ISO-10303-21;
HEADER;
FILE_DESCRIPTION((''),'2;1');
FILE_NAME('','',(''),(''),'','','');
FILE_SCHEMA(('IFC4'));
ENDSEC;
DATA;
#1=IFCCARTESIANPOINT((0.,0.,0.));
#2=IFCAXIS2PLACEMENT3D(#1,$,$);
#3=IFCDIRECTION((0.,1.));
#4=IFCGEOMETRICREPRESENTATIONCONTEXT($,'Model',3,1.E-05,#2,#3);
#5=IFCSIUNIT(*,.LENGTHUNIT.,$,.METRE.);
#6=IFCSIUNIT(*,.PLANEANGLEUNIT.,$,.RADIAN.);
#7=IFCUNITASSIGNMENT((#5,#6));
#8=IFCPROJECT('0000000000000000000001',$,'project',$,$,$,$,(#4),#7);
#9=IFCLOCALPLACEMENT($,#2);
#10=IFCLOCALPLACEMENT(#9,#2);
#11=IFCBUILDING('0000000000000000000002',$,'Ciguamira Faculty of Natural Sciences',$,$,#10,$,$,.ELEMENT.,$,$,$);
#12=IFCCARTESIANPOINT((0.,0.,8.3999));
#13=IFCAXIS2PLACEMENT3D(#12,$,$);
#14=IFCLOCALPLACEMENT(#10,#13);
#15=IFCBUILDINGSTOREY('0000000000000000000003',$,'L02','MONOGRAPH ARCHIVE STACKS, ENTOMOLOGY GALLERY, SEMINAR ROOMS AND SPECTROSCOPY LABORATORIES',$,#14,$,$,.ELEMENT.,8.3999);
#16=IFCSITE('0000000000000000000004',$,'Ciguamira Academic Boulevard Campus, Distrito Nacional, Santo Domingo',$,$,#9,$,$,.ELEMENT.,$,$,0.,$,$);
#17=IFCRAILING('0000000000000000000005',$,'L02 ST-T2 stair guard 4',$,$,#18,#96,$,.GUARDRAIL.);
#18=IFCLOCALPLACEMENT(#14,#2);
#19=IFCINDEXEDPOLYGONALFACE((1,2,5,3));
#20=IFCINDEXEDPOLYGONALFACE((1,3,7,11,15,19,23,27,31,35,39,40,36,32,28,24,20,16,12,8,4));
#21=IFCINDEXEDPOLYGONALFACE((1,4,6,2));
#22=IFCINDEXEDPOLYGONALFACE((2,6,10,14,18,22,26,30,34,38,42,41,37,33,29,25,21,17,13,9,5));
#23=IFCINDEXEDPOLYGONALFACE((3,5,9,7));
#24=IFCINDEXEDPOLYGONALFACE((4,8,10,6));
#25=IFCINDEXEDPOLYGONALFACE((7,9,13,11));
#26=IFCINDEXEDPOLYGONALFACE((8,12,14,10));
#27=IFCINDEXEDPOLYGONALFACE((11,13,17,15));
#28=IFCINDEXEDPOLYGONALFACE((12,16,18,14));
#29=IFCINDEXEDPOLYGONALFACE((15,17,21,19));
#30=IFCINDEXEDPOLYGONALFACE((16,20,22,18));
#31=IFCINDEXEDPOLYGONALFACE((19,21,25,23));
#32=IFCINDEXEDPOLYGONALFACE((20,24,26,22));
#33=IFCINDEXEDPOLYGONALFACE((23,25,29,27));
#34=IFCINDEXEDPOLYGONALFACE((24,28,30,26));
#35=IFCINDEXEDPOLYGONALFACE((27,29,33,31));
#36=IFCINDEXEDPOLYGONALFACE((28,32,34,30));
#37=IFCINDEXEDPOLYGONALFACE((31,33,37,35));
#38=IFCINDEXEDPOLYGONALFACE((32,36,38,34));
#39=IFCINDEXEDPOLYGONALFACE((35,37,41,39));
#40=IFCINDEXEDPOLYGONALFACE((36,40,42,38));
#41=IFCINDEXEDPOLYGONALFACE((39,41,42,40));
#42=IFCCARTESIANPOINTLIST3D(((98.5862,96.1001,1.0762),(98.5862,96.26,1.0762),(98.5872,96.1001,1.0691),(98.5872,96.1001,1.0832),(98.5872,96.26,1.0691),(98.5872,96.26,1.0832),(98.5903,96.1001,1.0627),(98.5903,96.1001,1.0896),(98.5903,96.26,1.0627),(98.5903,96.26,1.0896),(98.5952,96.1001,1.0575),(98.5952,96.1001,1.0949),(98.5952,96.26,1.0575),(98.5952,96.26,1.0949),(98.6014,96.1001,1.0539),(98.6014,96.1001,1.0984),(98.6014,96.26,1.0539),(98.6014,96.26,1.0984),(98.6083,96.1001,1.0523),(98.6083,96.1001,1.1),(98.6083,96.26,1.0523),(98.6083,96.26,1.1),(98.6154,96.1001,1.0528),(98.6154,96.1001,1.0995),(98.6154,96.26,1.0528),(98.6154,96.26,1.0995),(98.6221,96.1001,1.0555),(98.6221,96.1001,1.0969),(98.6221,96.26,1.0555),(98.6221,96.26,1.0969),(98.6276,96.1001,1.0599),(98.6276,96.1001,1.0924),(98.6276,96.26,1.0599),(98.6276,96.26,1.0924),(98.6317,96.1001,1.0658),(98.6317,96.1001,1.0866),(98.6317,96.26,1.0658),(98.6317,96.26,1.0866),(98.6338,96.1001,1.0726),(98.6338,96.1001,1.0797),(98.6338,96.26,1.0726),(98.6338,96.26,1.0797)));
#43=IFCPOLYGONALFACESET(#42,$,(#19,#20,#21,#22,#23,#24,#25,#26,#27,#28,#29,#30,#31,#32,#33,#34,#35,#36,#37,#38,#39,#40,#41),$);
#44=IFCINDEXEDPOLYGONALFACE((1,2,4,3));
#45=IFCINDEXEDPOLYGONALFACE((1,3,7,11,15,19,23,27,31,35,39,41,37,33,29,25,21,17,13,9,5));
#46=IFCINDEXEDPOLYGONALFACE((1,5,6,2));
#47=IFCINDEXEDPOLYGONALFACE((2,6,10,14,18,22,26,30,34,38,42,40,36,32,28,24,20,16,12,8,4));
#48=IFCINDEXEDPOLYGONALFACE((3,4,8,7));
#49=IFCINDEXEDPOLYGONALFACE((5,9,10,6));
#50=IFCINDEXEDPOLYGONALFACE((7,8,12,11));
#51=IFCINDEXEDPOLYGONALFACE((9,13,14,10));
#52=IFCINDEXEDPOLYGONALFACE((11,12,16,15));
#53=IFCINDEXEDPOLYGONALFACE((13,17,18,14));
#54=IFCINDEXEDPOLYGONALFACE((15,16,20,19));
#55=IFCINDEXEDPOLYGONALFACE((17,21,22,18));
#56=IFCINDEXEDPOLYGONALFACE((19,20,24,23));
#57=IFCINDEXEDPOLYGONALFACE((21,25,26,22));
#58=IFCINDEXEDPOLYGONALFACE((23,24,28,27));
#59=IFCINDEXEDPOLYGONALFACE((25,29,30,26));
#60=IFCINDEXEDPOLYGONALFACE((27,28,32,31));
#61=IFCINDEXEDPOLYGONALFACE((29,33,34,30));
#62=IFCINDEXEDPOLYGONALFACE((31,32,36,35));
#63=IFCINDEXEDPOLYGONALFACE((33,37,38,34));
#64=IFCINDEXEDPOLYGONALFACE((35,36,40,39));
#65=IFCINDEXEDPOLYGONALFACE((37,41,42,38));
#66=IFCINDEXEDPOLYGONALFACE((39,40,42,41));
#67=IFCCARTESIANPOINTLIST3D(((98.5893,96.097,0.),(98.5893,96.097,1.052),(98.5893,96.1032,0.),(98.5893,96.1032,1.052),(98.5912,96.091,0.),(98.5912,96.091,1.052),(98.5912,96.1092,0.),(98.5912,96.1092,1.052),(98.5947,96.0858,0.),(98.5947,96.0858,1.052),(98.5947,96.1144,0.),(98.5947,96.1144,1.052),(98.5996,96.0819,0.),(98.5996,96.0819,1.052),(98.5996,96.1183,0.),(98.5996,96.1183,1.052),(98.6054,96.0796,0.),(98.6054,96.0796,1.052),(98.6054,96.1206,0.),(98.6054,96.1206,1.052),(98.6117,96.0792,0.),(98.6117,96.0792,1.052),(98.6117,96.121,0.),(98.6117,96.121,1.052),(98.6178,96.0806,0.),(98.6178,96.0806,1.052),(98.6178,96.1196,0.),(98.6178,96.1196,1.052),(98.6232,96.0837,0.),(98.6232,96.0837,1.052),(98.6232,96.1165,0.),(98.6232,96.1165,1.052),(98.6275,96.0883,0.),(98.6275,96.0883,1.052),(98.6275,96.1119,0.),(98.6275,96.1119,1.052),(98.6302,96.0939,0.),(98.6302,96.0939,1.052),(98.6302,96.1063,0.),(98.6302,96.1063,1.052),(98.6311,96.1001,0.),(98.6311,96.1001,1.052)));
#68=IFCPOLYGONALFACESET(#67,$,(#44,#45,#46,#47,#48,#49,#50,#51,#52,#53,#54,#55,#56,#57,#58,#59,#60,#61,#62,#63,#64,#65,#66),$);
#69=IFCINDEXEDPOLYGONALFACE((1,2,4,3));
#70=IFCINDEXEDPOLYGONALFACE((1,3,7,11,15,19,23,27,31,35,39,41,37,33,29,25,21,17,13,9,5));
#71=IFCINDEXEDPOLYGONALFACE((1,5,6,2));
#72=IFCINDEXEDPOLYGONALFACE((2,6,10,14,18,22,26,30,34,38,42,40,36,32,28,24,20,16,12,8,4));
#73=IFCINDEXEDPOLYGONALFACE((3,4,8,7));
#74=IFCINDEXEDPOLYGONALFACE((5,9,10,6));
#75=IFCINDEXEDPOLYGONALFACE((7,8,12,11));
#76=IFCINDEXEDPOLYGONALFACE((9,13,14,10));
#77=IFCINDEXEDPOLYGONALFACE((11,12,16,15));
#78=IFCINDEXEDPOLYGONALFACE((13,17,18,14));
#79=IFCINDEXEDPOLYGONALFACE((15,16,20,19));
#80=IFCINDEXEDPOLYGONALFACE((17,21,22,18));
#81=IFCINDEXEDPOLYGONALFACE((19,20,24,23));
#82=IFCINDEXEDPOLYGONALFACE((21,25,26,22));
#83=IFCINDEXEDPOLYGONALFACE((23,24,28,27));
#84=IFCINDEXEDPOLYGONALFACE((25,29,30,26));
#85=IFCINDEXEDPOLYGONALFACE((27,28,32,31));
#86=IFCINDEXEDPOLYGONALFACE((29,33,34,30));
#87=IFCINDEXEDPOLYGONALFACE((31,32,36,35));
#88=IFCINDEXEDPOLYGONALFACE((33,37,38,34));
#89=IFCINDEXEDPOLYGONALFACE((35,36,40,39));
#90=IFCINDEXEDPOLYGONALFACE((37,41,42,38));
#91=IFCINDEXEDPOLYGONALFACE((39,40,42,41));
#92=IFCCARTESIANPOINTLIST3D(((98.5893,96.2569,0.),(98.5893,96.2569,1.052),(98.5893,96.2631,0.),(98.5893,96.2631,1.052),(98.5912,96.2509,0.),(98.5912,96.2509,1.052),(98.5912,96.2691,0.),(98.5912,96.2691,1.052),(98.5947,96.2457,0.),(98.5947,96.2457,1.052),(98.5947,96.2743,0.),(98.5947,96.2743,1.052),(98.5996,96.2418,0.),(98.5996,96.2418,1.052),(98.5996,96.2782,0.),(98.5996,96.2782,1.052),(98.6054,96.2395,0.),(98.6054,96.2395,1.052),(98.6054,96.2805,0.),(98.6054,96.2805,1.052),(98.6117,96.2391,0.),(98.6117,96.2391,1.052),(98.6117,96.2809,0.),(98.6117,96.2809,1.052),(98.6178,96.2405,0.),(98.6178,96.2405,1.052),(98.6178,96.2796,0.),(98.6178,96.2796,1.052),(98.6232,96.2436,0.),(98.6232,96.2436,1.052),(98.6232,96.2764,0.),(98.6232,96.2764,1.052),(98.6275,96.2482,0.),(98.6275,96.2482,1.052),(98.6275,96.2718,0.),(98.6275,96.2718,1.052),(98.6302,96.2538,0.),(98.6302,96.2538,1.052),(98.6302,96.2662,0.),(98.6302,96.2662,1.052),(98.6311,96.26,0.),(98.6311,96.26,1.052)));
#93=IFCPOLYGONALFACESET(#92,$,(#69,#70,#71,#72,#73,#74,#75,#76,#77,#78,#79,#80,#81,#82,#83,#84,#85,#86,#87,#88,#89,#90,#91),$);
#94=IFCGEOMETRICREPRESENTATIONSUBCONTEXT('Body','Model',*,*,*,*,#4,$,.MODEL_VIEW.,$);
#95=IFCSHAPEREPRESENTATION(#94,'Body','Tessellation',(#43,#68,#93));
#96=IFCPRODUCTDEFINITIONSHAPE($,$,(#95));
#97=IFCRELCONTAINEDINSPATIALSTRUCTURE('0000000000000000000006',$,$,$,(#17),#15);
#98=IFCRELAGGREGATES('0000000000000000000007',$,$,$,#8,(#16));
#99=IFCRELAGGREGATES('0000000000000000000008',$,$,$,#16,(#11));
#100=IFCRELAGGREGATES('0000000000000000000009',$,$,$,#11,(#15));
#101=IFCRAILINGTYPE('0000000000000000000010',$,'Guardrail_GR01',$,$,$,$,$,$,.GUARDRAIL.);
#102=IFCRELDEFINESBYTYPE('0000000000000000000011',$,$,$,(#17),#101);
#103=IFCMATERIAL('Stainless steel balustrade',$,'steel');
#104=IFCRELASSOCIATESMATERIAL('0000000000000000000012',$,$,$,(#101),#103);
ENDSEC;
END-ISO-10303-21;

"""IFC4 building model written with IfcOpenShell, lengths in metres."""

from ifc_helpers import new_model, si_unit, direction, frame, origin, origin_2d, place, context, subcontext, project, spatial, circle, extrude, material, type_object, element, save


model = new_model("IFC4")

# Units and contexts
model_context = context("Model", 3, precision=1e-05, world=origin(), true_north=direction((0.0, 1.0)))
body_context = subcontext(model_context, "Body", "Model", "MODEL_VIEW")
ifc_project = project(units=[si_unit("LENGTHUNIT", "METRE"), si_unit("PLANEANGLEUNIT", "RADIAN")], contexts=[model_context])

# Site, building, storey
site_placement = place(None, origin())
site = spatial("IfcSite", under=ifc_project, at=site_placement, Name="Ciguamira Academic Boulevard Campus, Distrito Nacional, Santo Domingo", CompositionType="ELEMENT", RefElevation=0.0)
building_placement = place(site_placement, origin())
building = spatial("IfcBuilding", under=site, at=building_placement, Name="Ciguamira Faculty of Natural Sciences", CompositionType="ELEMENT")
storey_placement = place(building_placement, frame((0.0, 0.0, 8.3999)))
storey = spatial("IfcBuildingStorey", under=building, at=storey_placement, Name="L02", Description="MONOGRAPH ARCHIVE STACKS, ENTOMOLOGY GALLERY, SEMINAR ROOMS AND SPECTROSCOPY LABORATORIES", CompositionType="ELEMENT", Elevation=8.3999)

# Railing
ifc_material_1 = material(Name="Stainless steel balustrade", Category="steel")
railing_type_1 = type_object("IfcRailingType", Name="Guardrail_GR01", PredefinedType="GUARDRAIL", material=ifc_material_1)
railing_1_placement = place(storey_placement, frame((98.6101, 96.1001, 0.0)))
element("IfcRailing", 1, at=railing_1_placement, inside=storey, type_object=railing_type_1, Name="L02 ST-T2 stair guard 4", PredefinedType="GUARDRAIL", context=body_context, shape_type="SweptSolid", body=[
    extrude(circle(Radius=0.0239, at=origin_2d()), frame((0.0, 0.0, 1.0762), z_axis=(0.0, 1.0, 0.0), x_axis=(-1.0, 0.0, 0.0)), (0.0, 0.0, 1.0), 0.1599),
    extrude(circle(Radius=0.021, at=origin_2d()), origin(), (0.0, 0.0, 1.0), 1.052),
    extrude(circle(Radius=0.021, at=origin_2d()), frame((0.0, 0.1599, 0.0)), (0.0, 0.0, 1.0), 1.052),
])

save(model, "model.ifc")
